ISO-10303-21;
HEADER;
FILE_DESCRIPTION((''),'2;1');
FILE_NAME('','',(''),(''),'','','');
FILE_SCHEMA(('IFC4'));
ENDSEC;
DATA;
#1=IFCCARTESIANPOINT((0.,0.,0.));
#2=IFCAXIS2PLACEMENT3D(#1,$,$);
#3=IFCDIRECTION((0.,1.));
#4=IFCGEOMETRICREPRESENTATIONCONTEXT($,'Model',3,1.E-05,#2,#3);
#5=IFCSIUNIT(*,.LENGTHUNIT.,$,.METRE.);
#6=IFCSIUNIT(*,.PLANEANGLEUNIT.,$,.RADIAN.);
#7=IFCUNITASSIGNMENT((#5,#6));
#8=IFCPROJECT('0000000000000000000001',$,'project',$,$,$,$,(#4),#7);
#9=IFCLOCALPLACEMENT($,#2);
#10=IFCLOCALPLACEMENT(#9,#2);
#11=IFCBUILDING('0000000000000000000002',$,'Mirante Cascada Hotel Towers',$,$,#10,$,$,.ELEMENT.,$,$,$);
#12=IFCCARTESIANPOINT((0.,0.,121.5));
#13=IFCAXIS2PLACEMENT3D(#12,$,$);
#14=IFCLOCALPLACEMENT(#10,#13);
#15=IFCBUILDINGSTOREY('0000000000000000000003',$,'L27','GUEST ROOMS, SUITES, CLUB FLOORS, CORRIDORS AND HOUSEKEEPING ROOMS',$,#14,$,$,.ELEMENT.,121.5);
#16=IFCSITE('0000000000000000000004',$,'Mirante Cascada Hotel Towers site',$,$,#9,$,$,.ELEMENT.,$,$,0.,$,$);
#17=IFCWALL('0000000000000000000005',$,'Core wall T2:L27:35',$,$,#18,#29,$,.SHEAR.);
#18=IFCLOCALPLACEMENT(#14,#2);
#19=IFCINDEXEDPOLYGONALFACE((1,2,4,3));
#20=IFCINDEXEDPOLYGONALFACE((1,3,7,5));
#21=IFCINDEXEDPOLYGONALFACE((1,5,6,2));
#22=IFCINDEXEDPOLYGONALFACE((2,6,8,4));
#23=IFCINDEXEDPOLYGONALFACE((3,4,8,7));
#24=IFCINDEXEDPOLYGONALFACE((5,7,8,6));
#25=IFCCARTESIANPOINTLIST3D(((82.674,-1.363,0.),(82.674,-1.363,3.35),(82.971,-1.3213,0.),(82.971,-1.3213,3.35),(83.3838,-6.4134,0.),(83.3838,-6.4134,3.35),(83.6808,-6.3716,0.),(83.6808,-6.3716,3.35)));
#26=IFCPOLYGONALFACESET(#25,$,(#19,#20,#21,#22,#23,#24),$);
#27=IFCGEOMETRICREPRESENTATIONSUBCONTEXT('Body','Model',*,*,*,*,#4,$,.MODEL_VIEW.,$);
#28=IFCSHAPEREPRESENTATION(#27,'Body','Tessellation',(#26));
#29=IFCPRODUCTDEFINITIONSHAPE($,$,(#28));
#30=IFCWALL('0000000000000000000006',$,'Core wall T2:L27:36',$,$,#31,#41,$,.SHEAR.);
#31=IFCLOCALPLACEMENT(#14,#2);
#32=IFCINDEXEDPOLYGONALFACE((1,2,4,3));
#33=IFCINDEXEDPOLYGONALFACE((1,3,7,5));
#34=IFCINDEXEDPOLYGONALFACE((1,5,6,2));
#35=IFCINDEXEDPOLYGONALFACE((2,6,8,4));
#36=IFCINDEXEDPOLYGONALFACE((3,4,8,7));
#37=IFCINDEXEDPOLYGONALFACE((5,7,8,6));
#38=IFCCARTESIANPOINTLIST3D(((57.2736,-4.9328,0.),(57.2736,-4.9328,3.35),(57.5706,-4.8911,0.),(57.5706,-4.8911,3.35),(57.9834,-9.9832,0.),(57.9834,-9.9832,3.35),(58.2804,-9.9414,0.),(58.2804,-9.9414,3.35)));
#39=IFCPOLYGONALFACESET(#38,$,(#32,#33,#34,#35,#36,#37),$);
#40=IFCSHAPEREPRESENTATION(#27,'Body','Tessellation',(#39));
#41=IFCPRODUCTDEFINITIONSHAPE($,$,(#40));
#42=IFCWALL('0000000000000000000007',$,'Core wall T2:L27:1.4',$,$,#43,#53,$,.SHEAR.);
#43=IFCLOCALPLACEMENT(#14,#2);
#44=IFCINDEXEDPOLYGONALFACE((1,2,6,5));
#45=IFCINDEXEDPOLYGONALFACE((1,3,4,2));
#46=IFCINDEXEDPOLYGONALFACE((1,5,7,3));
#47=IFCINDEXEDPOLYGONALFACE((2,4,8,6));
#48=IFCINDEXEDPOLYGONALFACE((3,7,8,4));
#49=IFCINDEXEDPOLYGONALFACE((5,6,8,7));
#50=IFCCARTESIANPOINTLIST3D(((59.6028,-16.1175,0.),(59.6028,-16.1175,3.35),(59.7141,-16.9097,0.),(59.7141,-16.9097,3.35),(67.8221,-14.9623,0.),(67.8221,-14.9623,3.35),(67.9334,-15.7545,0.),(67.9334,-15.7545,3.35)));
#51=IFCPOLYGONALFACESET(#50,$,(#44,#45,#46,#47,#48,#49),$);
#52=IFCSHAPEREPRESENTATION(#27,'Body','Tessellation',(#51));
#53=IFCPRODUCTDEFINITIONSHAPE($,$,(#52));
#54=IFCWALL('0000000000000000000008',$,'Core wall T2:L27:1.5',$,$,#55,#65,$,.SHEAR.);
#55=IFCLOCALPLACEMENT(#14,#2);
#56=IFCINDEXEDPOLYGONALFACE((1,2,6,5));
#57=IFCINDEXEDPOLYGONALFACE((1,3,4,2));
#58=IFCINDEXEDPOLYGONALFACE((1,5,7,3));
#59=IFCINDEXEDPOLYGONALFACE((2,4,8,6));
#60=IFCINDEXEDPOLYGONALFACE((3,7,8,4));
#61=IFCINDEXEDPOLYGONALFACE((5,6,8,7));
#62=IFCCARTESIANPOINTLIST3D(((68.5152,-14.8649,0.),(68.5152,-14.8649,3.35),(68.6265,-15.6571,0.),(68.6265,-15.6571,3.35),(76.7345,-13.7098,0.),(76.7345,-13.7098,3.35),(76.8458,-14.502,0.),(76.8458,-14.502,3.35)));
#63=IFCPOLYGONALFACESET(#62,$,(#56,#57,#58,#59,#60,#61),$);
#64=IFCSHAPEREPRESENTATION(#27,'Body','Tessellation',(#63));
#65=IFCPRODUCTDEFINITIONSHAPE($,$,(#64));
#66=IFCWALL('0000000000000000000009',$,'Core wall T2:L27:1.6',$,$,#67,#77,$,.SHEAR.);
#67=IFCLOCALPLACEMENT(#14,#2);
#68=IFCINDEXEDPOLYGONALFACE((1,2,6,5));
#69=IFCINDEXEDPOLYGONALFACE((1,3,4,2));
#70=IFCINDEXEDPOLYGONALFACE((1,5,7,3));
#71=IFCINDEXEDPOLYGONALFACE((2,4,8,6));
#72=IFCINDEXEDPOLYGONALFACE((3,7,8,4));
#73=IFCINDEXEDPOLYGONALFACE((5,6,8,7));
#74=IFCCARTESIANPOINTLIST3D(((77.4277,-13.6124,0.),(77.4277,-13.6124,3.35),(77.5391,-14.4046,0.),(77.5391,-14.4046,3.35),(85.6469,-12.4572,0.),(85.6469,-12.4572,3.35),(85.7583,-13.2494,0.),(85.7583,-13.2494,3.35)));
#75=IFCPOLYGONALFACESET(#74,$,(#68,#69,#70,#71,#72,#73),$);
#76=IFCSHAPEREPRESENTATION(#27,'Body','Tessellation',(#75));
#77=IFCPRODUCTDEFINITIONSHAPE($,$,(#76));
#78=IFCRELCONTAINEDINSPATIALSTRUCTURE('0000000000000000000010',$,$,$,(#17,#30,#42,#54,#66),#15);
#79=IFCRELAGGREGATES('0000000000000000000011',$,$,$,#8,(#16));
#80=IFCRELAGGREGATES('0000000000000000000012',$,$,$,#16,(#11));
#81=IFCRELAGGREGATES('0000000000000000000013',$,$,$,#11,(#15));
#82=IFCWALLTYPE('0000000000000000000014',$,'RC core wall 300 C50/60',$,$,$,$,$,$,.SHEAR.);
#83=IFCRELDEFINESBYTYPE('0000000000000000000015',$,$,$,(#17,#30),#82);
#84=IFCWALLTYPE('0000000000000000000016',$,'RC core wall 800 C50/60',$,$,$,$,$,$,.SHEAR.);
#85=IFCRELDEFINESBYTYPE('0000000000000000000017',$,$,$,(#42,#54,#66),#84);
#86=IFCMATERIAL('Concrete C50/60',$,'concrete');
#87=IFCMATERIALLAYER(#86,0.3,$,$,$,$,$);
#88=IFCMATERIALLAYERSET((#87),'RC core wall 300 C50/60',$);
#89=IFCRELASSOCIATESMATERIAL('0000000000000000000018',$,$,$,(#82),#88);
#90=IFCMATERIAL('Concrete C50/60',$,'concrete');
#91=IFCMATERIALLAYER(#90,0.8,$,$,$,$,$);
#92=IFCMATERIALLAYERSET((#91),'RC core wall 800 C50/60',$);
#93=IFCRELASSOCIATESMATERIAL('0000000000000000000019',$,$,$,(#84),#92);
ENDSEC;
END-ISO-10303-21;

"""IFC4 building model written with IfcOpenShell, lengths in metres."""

from ifc_helpers import new_model, si_unit, direction, frame, frame_2d, origin, place, context, subcontext, project, spatial, rectangle, extrude, material, layer, layer_set, type_object, element, save


model = new_model("IFC4")

# Units and contexts
model_context = context("Model", 3, precision=1e-05, world=origin(), true_north=direction((0.0, 1.0)))
body_context = subcontext(model_context, "Body", "Model", "MODEL_VIEW")
ifc_project = project(units=[si_unit("LENGTHUNIT", "METRE"), si_unit("PLANEANGLEUNIT", "RADIAN")], contexts=[model_context])

# Site, building, storey
site_placement = place(None, origin())
site = spatial("IfcSite", under=ifc_project, at=site_placement, Name="Mirante Cascada Hotel Towers site", CompositionType="ELEMENT", RefElevation=0.0)
building_placement = place(site_placement, origin())
building = spatial("IfcBuilding", under=site, at=building_placement, Name="Mirante Cascada Hotel Towers", CompositionType="ELEMENT")
storey_placement = place(building_placement, frame((0.0, 0.0, 121.5)))
storey = spatial("IfcBuildingStorey", under=building, at=storey_placement, Name="L27", Description="GUEST ROOMS, SUITES, CLUB FLOORS, CORRIDORS AND HOUSEKEEPING ROOMS", CompositionType="ELEMENT", Elevation=121.5)

# Walls
ifc_material_1 = material(Name="Concrete C50/60", Category="concrete")
ifc_layer_1 = layer(ifc_material_1, 0.3)
ifc_layer_set_1 = layer_set([ifc_layer_1], Name="RC core wall 300 C50/60")
wall_type_1 = type_object("IfcWallType", Name="RC core wall 300 C50/60", PredefinedType="SHEAR", material=ifc_layer_set_1)
for number, where, z_axis, x_axis, name in (
    (1, (83.5323, -6.3925, 0.0), (0.0, 0.0, 1.0), (-0.139176, 0.990268, 0.0), "Core wall T2:L27:35"),
    (2, (58.1319, -9.9623, 0.0), (0.0, 0.0, 1.0), (-0.139176, 0.990268, 0.0), "Core wall T2:L27:36"),
):
    element("IfcWall", number, at=place(storey_placement, frame(where, z_axis=z_axis, x_axis=x_axis)), inside=storey, type_object=wall_type_1, Name=name, PredefinedType="SHEAR", context=body_context, shape_type="SweptSolid", body=[
        extrude(rectangle(XDim=5.1, YDim=0.3, at=frame_2d((2.55, 0.0))), origin(), (0.0, 0.0, 1.0), 3.35),
    ])
ifc_material_2 = material(Name="Concrete C50/60", Category="concrete")
ifc_layer_2 = layer(ifc_material_2, 0.8)
ifc_layer_set_2 = layer_set([ifc_layer_2], Name="RC core wall 800 C50/60")
wall_type_2 = type_object("IfcWallType", Name="RC core wall 800 C50/60", PredefinedType="SHEAR", material=ifc_layer_set_2)
for number, where, z_axis, x_axis, name in (
    (3, (59.6585, -16.5136, 0.0), (0.0, 0.0, 1.0), (0.990267, 0.139179, 0.0), "Core wall T2:L27:1.4"),
    (4, (68.5709, -15.261, 0.0), (0.0, 0.0, 1.0), (0.990269, 0.139167, 0.0), "Core wall T2:L27:1.5"),
):
    element("IfcWall", number, at=place(storey_placement, frame(where, z_axis=z_axis, x_axis=x_axis)), inside=storey, type_object=wall_type_2, Name=name, PredefinedType="SHEAR", context=body_context, shape_type="SweptSolid", body=[
        extrude(rectangle(XDim=8.3001, YDim=0.8, at=frame_2d((4.15, 0.0))), origin(), (0.0, 0.0, 1.0), 3.35),
    ])
wall_1_placement = place(storey_placement, frame((77.4834, -14.0085, 0.0), z_axis=(0.0, 0.0, 1.0), x_axis=(0.990267, 0.139181, 0.0)))
element("IfcWall", 5, at=wall_1_placement, inside=storey, type_object=wall_type_2, Name="Core wall T2:L27:1.6", PredefinedType="SHEAR", context=body_context, shape_type="SweptSolid", body=[
    extrude(rectangle(XDim=8.3, YDim=0.8, at=frame_2d((4.15, 0.0))), origin(), (0.0, 0.0, 1.0), 3.35),
])

save(model, "model.ifc")
